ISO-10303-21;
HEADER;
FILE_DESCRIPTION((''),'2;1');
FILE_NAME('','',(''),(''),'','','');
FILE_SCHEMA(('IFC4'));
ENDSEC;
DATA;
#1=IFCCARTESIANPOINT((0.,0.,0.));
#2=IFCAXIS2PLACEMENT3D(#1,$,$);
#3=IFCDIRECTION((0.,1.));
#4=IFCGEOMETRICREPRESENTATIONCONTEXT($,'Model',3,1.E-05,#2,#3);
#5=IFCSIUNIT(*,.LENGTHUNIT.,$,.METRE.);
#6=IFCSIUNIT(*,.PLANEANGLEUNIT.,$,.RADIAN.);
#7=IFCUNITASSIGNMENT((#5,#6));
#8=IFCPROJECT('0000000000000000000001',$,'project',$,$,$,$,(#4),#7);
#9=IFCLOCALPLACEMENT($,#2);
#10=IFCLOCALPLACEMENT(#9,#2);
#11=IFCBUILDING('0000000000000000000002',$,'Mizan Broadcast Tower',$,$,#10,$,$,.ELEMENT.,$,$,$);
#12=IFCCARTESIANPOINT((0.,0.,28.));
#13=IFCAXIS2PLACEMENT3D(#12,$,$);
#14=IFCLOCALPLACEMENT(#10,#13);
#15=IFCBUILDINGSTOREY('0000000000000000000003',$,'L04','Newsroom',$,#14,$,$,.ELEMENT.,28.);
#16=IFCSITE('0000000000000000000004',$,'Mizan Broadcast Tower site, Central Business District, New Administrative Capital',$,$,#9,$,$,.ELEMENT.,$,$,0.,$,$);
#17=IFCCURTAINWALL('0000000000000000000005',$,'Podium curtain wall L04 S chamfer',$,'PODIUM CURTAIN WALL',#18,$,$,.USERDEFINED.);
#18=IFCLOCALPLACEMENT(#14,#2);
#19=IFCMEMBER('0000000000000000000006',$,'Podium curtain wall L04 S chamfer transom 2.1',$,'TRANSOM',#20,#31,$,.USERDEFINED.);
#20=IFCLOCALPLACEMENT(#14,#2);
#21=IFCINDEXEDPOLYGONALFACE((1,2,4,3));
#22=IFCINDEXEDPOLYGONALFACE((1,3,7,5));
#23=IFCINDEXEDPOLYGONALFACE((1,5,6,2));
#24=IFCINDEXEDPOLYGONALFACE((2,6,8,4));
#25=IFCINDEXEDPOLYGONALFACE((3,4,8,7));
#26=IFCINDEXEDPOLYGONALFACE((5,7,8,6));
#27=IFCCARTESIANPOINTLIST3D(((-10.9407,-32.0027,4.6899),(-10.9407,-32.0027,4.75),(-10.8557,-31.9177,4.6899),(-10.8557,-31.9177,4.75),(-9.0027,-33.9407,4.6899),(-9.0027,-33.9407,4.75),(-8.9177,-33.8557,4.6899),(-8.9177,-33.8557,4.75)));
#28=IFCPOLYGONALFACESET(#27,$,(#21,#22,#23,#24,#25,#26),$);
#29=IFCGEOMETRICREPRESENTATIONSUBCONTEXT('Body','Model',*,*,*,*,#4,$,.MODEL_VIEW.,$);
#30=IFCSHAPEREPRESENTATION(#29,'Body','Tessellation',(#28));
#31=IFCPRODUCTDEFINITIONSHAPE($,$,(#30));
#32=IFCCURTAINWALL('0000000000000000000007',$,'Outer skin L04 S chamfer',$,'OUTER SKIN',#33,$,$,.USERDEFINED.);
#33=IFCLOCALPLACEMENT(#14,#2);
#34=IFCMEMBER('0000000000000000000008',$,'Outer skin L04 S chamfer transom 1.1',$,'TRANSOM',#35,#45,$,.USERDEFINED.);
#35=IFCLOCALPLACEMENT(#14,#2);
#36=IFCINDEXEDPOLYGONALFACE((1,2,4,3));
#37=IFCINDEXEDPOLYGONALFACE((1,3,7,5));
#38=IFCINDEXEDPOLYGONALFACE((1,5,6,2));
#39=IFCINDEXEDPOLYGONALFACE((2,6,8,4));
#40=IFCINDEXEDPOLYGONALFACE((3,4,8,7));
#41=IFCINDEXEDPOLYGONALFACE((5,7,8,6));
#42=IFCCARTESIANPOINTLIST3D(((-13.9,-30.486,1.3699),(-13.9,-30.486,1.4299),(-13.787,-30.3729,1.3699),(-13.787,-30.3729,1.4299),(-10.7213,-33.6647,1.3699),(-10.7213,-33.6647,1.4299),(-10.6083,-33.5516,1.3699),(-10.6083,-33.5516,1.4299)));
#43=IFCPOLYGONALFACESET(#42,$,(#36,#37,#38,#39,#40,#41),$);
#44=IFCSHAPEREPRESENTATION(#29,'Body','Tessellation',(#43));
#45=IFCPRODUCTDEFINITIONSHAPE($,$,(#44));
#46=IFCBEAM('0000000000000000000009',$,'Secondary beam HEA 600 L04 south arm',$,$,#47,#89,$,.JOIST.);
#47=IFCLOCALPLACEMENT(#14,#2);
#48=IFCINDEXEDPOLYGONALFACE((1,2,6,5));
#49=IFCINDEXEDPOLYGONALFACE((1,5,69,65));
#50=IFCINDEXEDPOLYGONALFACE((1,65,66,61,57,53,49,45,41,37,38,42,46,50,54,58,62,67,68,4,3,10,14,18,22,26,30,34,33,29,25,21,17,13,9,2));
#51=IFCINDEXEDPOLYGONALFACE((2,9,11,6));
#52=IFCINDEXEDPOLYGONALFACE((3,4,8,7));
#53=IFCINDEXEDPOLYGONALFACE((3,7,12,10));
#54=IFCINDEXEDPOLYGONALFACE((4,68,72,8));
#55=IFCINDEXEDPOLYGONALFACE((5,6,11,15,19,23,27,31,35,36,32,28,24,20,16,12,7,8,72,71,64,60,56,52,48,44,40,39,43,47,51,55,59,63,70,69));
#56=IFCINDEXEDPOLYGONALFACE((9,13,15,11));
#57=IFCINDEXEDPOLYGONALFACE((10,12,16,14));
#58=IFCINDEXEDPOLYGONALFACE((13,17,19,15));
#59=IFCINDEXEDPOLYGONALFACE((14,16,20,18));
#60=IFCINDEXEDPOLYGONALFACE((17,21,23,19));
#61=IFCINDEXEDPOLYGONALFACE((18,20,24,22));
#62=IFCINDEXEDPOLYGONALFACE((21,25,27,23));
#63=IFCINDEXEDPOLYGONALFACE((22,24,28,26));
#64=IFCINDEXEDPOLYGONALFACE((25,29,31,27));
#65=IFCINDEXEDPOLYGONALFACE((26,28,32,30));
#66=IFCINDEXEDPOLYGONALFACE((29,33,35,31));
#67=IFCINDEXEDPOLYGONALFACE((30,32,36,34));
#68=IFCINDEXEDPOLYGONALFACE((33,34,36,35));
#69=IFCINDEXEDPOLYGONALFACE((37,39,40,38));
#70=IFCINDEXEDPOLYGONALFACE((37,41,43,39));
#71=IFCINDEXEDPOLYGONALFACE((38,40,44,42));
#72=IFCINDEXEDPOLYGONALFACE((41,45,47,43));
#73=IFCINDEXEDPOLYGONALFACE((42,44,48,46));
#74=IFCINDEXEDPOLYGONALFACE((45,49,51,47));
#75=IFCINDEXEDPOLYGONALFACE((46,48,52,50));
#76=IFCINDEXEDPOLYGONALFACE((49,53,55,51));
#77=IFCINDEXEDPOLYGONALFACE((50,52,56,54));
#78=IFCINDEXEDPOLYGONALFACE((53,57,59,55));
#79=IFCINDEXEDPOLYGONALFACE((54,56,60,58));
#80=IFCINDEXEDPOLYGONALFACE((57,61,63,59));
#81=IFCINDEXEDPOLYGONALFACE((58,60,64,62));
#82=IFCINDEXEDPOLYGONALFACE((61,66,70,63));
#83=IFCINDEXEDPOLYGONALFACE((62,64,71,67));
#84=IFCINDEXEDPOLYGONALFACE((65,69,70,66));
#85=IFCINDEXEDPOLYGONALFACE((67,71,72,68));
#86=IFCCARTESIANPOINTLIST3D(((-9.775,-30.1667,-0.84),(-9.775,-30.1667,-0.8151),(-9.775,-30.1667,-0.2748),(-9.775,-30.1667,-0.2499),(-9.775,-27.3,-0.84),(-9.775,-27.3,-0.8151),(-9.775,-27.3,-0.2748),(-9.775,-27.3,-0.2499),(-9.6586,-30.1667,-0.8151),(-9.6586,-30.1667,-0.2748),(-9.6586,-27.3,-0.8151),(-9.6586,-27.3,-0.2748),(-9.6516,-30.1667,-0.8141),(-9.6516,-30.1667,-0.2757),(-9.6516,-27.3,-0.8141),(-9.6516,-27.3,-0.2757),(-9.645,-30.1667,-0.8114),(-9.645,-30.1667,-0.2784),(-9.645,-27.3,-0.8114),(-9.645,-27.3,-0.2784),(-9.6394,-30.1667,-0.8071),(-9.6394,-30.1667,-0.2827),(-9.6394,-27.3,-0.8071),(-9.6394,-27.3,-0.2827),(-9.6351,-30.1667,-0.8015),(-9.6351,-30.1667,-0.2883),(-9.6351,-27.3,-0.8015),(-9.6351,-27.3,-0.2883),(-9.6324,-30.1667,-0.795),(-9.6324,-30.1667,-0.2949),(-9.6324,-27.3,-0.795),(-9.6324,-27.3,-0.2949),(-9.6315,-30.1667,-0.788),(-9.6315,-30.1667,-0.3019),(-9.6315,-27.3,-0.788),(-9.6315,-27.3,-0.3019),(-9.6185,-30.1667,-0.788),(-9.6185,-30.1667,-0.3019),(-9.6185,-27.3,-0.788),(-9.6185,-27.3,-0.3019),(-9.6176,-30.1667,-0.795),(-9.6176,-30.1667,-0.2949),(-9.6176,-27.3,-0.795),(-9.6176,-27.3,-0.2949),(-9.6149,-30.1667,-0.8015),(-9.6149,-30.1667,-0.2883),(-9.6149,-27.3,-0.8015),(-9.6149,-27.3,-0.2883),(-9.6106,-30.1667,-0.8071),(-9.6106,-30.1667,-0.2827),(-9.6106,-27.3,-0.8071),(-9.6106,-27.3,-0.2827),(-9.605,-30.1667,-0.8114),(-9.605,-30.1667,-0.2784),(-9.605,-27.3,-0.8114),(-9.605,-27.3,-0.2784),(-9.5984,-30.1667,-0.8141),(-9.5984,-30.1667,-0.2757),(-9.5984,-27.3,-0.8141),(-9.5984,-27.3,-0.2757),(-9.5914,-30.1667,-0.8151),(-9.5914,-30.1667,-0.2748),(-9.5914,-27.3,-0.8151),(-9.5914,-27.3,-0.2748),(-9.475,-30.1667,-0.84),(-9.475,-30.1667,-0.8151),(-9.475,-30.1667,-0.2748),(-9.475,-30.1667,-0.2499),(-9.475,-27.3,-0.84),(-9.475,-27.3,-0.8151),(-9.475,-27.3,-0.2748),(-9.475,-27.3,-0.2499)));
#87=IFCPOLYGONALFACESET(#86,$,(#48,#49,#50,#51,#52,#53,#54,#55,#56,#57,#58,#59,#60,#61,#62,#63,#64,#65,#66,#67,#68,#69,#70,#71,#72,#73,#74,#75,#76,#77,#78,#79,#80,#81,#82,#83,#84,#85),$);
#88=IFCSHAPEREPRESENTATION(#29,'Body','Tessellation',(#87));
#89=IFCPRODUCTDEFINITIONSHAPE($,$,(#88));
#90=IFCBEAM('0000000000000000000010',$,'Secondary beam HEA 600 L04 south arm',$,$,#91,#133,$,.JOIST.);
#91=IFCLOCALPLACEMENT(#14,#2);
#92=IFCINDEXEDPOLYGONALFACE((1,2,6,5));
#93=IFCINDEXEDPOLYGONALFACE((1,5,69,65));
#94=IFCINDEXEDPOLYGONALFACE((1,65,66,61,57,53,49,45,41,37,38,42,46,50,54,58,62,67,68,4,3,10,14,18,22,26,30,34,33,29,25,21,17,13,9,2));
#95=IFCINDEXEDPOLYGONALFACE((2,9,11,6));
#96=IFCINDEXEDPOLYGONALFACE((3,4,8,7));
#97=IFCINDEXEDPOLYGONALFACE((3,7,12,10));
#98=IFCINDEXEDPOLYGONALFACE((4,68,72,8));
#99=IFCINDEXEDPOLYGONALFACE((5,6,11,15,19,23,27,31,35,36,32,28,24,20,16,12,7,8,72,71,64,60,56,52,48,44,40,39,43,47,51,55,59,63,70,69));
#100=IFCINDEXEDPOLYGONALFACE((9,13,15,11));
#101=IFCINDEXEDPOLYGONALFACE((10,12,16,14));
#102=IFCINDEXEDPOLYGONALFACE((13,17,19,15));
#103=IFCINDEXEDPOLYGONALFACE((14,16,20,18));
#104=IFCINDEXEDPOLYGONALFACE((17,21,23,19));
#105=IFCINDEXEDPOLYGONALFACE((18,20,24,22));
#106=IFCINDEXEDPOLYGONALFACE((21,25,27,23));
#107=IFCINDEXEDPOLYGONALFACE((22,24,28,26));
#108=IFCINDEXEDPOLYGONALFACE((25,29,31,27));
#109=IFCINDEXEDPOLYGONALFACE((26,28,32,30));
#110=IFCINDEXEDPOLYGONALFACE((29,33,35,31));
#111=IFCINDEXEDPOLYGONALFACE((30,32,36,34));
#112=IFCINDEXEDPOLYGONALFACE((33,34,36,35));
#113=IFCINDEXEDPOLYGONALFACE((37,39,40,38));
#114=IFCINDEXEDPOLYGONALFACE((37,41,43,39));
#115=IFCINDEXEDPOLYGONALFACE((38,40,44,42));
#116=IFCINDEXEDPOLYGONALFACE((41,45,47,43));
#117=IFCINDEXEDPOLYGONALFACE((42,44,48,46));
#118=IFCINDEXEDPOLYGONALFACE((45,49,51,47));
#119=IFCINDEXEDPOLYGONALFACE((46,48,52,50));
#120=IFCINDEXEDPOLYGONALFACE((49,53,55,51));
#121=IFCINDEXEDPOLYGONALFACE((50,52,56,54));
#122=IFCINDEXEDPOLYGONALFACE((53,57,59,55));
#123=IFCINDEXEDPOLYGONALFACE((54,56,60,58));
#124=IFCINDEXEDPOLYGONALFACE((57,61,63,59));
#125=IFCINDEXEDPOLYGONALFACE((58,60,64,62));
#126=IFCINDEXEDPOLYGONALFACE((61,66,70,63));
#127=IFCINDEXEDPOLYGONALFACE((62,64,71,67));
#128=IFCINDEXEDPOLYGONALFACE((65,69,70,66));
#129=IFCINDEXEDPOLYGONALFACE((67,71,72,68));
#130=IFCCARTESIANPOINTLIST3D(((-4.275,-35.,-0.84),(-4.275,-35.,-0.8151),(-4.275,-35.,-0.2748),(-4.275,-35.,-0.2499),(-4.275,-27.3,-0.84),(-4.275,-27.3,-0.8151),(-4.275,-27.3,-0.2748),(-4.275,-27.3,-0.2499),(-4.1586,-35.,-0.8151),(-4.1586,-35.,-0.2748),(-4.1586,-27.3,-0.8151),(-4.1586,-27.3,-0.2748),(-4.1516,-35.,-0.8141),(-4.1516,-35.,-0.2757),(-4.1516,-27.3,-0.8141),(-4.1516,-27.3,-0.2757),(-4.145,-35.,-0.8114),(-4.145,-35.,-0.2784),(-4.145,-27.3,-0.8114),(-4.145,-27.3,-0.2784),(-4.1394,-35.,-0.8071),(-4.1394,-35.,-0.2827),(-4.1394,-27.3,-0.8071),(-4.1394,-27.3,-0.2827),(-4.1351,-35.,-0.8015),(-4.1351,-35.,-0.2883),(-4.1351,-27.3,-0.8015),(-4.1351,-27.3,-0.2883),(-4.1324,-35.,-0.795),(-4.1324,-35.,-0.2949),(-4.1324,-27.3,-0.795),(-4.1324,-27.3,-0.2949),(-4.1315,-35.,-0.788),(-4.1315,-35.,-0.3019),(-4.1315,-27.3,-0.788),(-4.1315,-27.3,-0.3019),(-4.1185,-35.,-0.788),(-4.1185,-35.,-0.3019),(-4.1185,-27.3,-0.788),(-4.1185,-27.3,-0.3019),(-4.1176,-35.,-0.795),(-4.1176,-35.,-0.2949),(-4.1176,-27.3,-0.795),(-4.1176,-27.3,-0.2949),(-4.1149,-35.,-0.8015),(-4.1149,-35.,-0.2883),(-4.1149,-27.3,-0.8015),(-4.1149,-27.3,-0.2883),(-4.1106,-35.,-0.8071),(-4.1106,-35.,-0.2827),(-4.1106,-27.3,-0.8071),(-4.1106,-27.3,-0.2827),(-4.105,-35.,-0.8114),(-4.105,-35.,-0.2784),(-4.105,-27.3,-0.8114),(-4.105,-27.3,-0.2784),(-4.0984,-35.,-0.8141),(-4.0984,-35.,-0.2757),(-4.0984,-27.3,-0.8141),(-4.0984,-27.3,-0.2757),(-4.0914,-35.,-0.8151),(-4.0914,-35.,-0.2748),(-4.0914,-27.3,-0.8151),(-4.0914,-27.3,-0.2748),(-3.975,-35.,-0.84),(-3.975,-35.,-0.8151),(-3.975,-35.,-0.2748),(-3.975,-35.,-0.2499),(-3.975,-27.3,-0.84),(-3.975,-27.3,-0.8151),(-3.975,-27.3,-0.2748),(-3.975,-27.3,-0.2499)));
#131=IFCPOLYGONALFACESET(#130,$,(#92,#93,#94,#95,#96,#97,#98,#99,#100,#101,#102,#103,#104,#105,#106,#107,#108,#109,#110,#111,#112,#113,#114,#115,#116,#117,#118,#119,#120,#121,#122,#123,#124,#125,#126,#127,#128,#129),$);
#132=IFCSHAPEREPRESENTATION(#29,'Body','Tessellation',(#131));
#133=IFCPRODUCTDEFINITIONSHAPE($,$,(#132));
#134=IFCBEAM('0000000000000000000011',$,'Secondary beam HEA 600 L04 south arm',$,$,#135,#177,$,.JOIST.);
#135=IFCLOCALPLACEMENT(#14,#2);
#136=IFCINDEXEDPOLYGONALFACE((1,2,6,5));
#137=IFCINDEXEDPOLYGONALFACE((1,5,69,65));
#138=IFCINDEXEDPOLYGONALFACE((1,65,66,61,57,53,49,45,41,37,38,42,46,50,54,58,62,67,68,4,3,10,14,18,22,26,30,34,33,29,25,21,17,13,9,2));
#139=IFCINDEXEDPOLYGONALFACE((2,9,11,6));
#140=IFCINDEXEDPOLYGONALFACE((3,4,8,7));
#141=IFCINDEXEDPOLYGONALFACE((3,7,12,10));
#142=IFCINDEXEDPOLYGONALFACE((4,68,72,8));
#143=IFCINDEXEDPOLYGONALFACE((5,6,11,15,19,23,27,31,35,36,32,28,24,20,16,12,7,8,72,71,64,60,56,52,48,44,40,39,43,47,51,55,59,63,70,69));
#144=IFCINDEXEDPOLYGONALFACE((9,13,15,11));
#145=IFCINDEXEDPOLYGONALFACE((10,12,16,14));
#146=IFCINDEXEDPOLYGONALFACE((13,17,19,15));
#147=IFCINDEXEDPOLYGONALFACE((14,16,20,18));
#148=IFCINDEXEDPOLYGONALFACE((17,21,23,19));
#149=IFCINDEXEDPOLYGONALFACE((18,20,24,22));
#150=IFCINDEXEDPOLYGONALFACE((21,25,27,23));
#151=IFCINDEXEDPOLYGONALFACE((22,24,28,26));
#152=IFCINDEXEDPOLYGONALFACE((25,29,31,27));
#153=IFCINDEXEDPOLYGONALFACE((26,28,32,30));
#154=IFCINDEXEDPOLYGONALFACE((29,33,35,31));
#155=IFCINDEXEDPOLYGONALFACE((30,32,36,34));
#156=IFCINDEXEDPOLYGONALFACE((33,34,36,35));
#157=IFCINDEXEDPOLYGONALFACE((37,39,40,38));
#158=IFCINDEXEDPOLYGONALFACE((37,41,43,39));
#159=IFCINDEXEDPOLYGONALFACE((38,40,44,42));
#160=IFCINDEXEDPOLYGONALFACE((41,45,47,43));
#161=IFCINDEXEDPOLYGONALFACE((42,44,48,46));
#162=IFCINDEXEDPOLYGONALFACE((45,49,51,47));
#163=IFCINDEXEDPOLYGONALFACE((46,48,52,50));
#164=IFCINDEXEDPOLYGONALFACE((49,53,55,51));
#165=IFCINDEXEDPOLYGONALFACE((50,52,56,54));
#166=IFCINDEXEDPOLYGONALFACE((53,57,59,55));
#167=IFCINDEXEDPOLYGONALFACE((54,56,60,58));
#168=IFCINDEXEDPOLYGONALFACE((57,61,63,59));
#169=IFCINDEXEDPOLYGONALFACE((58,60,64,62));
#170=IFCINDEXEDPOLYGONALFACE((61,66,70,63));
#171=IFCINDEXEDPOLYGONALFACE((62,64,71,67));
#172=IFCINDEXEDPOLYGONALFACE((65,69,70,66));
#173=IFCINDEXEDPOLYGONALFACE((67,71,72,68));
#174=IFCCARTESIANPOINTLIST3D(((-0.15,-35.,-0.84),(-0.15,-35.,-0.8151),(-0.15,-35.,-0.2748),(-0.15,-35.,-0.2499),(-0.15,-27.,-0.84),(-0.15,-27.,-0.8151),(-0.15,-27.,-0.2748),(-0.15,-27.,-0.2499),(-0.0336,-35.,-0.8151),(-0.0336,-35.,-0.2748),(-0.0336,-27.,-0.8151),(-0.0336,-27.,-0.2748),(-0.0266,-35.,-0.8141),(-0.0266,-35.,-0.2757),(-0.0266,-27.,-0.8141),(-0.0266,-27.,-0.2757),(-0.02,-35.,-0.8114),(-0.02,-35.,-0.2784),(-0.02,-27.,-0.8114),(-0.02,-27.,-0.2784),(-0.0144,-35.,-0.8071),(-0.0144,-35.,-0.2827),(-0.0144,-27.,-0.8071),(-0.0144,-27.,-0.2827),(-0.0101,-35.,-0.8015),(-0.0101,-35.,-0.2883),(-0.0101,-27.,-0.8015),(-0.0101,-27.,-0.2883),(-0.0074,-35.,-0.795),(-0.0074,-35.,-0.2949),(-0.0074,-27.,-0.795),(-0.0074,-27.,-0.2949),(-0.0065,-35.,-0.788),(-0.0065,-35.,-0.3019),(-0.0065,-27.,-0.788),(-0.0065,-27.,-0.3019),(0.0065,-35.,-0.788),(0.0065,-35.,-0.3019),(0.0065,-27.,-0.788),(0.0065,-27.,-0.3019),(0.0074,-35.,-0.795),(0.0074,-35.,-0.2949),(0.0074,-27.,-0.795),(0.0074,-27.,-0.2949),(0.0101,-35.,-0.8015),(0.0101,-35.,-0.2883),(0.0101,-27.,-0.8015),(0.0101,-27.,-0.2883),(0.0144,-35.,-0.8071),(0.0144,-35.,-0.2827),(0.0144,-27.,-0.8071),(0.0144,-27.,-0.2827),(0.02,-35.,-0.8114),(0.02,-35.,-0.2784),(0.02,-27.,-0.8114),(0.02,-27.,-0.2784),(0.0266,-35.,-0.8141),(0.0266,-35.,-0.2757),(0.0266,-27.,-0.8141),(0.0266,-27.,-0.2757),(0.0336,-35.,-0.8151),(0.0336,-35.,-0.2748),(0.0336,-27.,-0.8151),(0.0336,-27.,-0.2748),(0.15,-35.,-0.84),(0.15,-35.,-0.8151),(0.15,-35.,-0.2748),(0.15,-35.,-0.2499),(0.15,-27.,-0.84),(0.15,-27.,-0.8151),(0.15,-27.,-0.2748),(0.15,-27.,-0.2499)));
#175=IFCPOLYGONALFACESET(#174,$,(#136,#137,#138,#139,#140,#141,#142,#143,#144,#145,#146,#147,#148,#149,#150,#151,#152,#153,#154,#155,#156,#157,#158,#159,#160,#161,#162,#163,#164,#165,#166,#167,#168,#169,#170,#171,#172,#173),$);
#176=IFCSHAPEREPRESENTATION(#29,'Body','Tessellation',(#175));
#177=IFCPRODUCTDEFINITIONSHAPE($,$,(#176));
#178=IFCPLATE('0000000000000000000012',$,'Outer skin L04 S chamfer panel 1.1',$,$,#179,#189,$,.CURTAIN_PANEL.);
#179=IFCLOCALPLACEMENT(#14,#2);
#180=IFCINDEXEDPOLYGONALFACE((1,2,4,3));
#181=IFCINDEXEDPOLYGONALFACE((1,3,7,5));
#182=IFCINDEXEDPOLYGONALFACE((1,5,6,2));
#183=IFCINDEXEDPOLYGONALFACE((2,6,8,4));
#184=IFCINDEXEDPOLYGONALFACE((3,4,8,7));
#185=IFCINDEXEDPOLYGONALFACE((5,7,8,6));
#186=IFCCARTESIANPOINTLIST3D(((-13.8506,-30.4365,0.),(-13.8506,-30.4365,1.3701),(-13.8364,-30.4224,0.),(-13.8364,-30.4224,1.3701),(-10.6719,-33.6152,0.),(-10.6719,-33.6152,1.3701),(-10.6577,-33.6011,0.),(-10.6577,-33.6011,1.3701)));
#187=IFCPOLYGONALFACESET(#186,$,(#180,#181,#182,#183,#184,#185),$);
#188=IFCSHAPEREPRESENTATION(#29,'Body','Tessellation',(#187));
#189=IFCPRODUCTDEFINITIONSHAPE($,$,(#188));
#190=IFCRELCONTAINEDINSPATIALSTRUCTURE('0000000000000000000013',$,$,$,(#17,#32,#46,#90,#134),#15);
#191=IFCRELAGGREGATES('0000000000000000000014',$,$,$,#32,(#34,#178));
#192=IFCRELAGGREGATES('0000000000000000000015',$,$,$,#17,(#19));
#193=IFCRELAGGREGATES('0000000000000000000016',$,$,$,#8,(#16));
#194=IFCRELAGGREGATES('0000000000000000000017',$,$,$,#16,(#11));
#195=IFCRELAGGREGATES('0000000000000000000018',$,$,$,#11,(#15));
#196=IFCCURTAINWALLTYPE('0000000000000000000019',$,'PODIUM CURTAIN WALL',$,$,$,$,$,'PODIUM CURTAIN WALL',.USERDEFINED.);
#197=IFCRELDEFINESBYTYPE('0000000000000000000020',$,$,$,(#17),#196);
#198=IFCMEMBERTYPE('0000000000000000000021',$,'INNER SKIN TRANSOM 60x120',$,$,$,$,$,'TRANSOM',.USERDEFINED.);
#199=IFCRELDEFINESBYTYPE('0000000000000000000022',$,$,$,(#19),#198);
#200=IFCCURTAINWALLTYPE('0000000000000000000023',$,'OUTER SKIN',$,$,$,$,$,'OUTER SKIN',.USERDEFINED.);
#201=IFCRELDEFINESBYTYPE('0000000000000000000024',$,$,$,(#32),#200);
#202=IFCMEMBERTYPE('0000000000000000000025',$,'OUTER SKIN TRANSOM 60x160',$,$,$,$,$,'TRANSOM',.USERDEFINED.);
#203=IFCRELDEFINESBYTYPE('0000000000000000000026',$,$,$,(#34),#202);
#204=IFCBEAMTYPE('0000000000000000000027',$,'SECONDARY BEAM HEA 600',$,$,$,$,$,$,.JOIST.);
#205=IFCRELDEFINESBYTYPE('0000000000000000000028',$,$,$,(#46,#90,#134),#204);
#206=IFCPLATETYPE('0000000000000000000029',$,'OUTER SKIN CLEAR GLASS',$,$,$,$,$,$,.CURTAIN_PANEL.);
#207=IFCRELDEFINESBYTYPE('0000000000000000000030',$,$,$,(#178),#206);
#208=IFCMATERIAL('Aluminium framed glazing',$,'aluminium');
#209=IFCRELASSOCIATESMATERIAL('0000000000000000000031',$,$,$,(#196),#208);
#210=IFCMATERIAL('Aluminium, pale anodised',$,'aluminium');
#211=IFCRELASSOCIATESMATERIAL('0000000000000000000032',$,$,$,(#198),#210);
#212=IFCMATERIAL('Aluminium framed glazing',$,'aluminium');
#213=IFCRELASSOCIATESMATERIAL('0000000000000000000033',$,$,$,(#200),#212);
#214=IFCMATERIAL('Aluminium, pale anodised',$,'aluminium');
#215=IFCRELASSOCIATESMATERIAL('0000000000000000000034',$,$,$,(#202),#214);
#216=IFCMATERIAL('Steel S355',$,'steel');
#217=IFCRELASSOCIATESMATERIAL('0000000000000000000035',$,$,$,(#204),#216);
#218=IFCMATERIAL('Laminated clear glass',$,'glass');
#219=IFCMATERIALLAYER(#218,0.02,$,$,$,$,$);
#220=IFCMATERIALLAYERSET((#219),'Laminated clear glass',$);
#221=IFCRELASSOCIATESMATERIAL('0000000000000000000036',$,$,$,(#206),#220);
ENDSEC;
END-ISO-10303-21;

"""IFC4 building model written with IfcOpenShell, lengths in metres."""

from ifc_helpers import new_model, si_unit, direction, frame, origin, origin_2d, place, context, subcontext, project, spatial, rectangle, i_section, extrude, material, layer, layer_set, material_profile, profile_set, type_object, element, aggregate, save


model = new_model("IFC4")

# Units and contexts
model_context = context("Model", 3, precision=1e-05, world=origin(), true_north=direction((0.0, 1.0)))
body_context = subcontext(model_context, "Body", "Model", "MODEL_VIEW")
ifc_project = project(units=[si_unit("LENGTHUNIT", "METRE"), si_unit("PLANEANGLEUNIT", "RADIAN")], contexts=[model_context])

# Site, building, storey
site_placement = place(None, origin())
site = spatial("IfcSite", under=ifc_project, at=site_placement, Name="Mizan Broadcast Tower site, Central Business District, New Administrative Capital", CompositionType="ELEMENT", RefElevation=0.0)
building_placement = place(site_placement, origin())
building = spatial("IfcBuilding", under=site, at=building_placement, Name="Mizan Broadcast Tower", CompositionType="ELEMENT")
storey_placement = place(building_placement, frame((0.0, 0.0, 28.0)))
storey = spatial("IfcBuildingStorey", under=building, at=storey_placement, Name="L04", Description="Newsroom", CompositionType="ELEMENT", Elevation=28.0)

# Shared definitions
ifc_material_1 = material(Name="Aluminium framed glazing", Category="aluminium")
curtain_wall_type_1 = type_object("IfcCurtainWallType", Name="PODIUM CURTAIN WALL", ElementType="PODIUM CURTAIN WALL", PredefinedType="USERDEFINED", material=ifc_material_1)

# Curtain wall
curtain_wall_1_placement = place(storey_placement, origin())
curtain_wall_1 = element("IfcCurtainWall", 1, at=curtain_wall_1_placement, inside=storey, type_object=curtain_wall_type_1, Name="Podium curtain wall L04 S chamfer", ObjectType="PODIUM CURTAIN WALL", PredefinedType="USERDEFINED")

# Member
ifc_material_2 = material(Name="Aluminium, pale anodised", Category="aluminium")
ifc_material_profile_1 = material_profile(ifc_material_2, rectangle(XDim=0.1201, YDim=0.0601, at=origin_2d()), Name="TRANSOM 120x60")
ifc_profile_set_1 = profile_set([ifc_material_profile_1], Name="Aluminium, pale anodised")
member_type_1 = type_object("IfcMemberType", Name="INNER SKIN TRANSOM 60x120", ElementType="TRANSOM", PredefinedType="USERDEFINED", material=ifc_profile_set_1)
member_1_placement = place(storey_placement, frame((-10.8982, -31.9602, 4.72), z_axis=(0.707107, -0.707107, 0.0), x_axis=(0.707107, 0.707107, 0.0)))
member_1 = element("IfcMember", 2, at=member_1_placement, type_object=member_type_1, Name="Podium curtain wall L04 S chamfer transom 2.1", ObjectType="TRANSOM", PredefinedType="USERDEFINED", context=body_context, shape_type="SweptSolid", body=[
    extrude(rectangle(XDim=0.1201, YDim=0.0601, at=origin_2d()), origin(), (0.0, 0.0, 1.0), 2.7407),
])

# Curtain wall, member
ifc_material_3 = material(Name="Aluminium framed glazing", Category="aluminium")
curtain_wall_type_2 = type_object("IfcCurtainWallType", Name="OUTER SKIN", ElementType="OUTER SKIN", PredefinedType="USERDEFINED", material=ifc_material_3)
curtain_wall_2_placement = place(storey_placement, origin())
curtain_wall_2 = element("IfcCurtainWall", 3, at=curtain_wall_2_placement, inside=storey, type_object=curtain_wall_type_2, Name="Outer skin L04 S chamfer", ObjectType="OUTER SKIN", PredefinedType="USERDEFINED")
ifc_material_4 = material(Name="Aluminium, pale anodised", Category="aluminium")
ifc_material_profile_2 = material_profile(ifc_material_4, rectangle(XDim=0.1599, YDim=0.0601, at=origin_2d()), Name="TRANSOM 160x60")
ifc_profile_set_2 = profile_set([ifc_material_profile_2], Name="Aluminium, pale anodised")
member_type_2 = type_object("IfcMemberType", Name="OUTER SKIN TRANSOM 60x160", ElementType="TRANSOM", PredefinedType="USERDEFINED", material=ifc_profile_set_2)
member_2_placement = place(storey_placement, frame((-13.8435, -30.4294, 1.3999), z_axis=(0.707107, -0.707107, 0.0), x_axis=(0.707107, 0.707107, 0.0)))
member_2 = element("IfcMember", 4, at=member_2_placement, type_object=member_type_2, Name="Outer skin L04 S chamfer transom 1.1", ObjectType="TRANSOM", PredefinedType="USERDEFINED", context=body_context, shape_type="SweptSolid", body=[
    extrude(rectangle(XDim=0.1599, YDim=0.0601, at=origin_2d()), origin(), (0.0, 0.0, 1.0), 4.4954),
])

# Beams
ifc_material_5 = material(Name="Steel S355", Category="steel")
ifc_material_profile_3 = material_profile(ifc_material_5, i_section(OverallWidth=0.3, OverallDepth=0.5901, WebThickness=0.0129, FlangeThickness=0.0249, FilletRadius=0.0271, at=origin_2d()), Name="HEA 600")
ifc_profile_set_3 = profile_set([ifc_material_profile_3], Name="Steel S355")
beam_type_1 = type_object("IfcBeamType", Name="SECONDARY BEAM HEA 600", PredefinedType="JOIST", material=ifc_profile_set_3)
beam_1_placement = place(storey_placement, frame((-9.625, -27.3, -0.5449), z_axis=(0.0, -1.0, 0.0), x_axis=(1.0, 0.0, 0.0)))
element("IfcBeam", 5, at=beam_1_placement, inside=storey, type_object=beam_type_1, Name="Secondary beam HEA 600 L04 south arm", PredefinedType="JOIST", context=body_context, shape_type="SweptSolid", body=[
    extrude(i_section(OverallWidth=0.3, OverallDepth=0.5901, WebThickness=0.0129, FlangeThickness=0.0249, FilletRadius=0.0271, at=origin_2d()), origin(), (0.0, 0.0, 1.0), 2.8667),
])
beam_2_placement = place(storey_placement, frame((-4.125, -27.3, -0.5449), z_axis=(0.0, -1.0, 0.0), x_axis=(1.0, 0.0, 0.0)))
element("IfcBeam", 6, at=beam_2_placement, inside=storey, type_object=beam_type_1, Name="Secondary beam HEA 600 L04 south arm", PredefinedType="JOIST", context=body_context, shape_type="SweptSolid", body=[
    extrude(i_section(OverallWidth=0.3, OverallDepth=0.5901, WebThickness=0.0129, FlangeThickness=0.0249, FilletRadius=0.0271, at=origin_2d()), origin(), (0.0, 0.0, 1.0), 7.7),
])
beam_3_placement = place(storey_placement, frame((0.0, -27.0, -0.5449), z_axis=(0.0, -1.0, 0.0), x_axis=(1.0, 0.0, 0.0)))
element("IfcBeam", 7, at=beam_3_placement, inside=storey, type_object=beam_type_1, Name="Secondary beam HEA 600 L04 south arm", PredefinedType="JOIST", context=body_context, shape_type="SweptSolid", body=[
    extrude(i_section(OverallWidth=0.3, OverallDepth=0.5901, WebThickness=0.0129, FlangeThickness=0.0249, FilletRadius=0.0271, at=origin_2d()), origin(), (0.0, 0.0, 1.0), 8.0),
])

# Plate
ifc_material_6 = material(Name="Laminated clear glass", Category="glass")
ifc_layer_1 = layer(ifc_material_6, 0.02)
ifc_layer_set_1 = layer_set([ifc_layer_1], Name="Laminated clear glass")
plate_type_1 = type_object("IfcPlateType", Name="OUTER SKIN CLEAR GLASS", PredefinedType="CURTAIN_PANEL", material=ifc_layer_set_1)
plate_1_placement = place(storey_placement, frame((-12.2542, -32.0188, 0.0), z_axis=(0.0, 0.0, 1.0), x_axis=(0.707107, -0.707107, 0.0)))
plate_1 = element("IfcPlate", 8, at=plate_1_placement, type_object=plate_type_1, Name="Outer skin L04 S chamfer panel 1.1", PredefinedType="CURTAIN_PANEL", context=body_context, shape_type="SweptSolid", body=[
    extrude(rectangle(XDim=4.4954, YDim=0.02, at=origin_2d()), origin(), (0.0, 0.0, 1.0), 1.3701),
])
aggregate(curtain_wall_2, [member_2, plate_1])
aggregate(curtain_wall_1, [member_1])

save(model, "model.ifc")
